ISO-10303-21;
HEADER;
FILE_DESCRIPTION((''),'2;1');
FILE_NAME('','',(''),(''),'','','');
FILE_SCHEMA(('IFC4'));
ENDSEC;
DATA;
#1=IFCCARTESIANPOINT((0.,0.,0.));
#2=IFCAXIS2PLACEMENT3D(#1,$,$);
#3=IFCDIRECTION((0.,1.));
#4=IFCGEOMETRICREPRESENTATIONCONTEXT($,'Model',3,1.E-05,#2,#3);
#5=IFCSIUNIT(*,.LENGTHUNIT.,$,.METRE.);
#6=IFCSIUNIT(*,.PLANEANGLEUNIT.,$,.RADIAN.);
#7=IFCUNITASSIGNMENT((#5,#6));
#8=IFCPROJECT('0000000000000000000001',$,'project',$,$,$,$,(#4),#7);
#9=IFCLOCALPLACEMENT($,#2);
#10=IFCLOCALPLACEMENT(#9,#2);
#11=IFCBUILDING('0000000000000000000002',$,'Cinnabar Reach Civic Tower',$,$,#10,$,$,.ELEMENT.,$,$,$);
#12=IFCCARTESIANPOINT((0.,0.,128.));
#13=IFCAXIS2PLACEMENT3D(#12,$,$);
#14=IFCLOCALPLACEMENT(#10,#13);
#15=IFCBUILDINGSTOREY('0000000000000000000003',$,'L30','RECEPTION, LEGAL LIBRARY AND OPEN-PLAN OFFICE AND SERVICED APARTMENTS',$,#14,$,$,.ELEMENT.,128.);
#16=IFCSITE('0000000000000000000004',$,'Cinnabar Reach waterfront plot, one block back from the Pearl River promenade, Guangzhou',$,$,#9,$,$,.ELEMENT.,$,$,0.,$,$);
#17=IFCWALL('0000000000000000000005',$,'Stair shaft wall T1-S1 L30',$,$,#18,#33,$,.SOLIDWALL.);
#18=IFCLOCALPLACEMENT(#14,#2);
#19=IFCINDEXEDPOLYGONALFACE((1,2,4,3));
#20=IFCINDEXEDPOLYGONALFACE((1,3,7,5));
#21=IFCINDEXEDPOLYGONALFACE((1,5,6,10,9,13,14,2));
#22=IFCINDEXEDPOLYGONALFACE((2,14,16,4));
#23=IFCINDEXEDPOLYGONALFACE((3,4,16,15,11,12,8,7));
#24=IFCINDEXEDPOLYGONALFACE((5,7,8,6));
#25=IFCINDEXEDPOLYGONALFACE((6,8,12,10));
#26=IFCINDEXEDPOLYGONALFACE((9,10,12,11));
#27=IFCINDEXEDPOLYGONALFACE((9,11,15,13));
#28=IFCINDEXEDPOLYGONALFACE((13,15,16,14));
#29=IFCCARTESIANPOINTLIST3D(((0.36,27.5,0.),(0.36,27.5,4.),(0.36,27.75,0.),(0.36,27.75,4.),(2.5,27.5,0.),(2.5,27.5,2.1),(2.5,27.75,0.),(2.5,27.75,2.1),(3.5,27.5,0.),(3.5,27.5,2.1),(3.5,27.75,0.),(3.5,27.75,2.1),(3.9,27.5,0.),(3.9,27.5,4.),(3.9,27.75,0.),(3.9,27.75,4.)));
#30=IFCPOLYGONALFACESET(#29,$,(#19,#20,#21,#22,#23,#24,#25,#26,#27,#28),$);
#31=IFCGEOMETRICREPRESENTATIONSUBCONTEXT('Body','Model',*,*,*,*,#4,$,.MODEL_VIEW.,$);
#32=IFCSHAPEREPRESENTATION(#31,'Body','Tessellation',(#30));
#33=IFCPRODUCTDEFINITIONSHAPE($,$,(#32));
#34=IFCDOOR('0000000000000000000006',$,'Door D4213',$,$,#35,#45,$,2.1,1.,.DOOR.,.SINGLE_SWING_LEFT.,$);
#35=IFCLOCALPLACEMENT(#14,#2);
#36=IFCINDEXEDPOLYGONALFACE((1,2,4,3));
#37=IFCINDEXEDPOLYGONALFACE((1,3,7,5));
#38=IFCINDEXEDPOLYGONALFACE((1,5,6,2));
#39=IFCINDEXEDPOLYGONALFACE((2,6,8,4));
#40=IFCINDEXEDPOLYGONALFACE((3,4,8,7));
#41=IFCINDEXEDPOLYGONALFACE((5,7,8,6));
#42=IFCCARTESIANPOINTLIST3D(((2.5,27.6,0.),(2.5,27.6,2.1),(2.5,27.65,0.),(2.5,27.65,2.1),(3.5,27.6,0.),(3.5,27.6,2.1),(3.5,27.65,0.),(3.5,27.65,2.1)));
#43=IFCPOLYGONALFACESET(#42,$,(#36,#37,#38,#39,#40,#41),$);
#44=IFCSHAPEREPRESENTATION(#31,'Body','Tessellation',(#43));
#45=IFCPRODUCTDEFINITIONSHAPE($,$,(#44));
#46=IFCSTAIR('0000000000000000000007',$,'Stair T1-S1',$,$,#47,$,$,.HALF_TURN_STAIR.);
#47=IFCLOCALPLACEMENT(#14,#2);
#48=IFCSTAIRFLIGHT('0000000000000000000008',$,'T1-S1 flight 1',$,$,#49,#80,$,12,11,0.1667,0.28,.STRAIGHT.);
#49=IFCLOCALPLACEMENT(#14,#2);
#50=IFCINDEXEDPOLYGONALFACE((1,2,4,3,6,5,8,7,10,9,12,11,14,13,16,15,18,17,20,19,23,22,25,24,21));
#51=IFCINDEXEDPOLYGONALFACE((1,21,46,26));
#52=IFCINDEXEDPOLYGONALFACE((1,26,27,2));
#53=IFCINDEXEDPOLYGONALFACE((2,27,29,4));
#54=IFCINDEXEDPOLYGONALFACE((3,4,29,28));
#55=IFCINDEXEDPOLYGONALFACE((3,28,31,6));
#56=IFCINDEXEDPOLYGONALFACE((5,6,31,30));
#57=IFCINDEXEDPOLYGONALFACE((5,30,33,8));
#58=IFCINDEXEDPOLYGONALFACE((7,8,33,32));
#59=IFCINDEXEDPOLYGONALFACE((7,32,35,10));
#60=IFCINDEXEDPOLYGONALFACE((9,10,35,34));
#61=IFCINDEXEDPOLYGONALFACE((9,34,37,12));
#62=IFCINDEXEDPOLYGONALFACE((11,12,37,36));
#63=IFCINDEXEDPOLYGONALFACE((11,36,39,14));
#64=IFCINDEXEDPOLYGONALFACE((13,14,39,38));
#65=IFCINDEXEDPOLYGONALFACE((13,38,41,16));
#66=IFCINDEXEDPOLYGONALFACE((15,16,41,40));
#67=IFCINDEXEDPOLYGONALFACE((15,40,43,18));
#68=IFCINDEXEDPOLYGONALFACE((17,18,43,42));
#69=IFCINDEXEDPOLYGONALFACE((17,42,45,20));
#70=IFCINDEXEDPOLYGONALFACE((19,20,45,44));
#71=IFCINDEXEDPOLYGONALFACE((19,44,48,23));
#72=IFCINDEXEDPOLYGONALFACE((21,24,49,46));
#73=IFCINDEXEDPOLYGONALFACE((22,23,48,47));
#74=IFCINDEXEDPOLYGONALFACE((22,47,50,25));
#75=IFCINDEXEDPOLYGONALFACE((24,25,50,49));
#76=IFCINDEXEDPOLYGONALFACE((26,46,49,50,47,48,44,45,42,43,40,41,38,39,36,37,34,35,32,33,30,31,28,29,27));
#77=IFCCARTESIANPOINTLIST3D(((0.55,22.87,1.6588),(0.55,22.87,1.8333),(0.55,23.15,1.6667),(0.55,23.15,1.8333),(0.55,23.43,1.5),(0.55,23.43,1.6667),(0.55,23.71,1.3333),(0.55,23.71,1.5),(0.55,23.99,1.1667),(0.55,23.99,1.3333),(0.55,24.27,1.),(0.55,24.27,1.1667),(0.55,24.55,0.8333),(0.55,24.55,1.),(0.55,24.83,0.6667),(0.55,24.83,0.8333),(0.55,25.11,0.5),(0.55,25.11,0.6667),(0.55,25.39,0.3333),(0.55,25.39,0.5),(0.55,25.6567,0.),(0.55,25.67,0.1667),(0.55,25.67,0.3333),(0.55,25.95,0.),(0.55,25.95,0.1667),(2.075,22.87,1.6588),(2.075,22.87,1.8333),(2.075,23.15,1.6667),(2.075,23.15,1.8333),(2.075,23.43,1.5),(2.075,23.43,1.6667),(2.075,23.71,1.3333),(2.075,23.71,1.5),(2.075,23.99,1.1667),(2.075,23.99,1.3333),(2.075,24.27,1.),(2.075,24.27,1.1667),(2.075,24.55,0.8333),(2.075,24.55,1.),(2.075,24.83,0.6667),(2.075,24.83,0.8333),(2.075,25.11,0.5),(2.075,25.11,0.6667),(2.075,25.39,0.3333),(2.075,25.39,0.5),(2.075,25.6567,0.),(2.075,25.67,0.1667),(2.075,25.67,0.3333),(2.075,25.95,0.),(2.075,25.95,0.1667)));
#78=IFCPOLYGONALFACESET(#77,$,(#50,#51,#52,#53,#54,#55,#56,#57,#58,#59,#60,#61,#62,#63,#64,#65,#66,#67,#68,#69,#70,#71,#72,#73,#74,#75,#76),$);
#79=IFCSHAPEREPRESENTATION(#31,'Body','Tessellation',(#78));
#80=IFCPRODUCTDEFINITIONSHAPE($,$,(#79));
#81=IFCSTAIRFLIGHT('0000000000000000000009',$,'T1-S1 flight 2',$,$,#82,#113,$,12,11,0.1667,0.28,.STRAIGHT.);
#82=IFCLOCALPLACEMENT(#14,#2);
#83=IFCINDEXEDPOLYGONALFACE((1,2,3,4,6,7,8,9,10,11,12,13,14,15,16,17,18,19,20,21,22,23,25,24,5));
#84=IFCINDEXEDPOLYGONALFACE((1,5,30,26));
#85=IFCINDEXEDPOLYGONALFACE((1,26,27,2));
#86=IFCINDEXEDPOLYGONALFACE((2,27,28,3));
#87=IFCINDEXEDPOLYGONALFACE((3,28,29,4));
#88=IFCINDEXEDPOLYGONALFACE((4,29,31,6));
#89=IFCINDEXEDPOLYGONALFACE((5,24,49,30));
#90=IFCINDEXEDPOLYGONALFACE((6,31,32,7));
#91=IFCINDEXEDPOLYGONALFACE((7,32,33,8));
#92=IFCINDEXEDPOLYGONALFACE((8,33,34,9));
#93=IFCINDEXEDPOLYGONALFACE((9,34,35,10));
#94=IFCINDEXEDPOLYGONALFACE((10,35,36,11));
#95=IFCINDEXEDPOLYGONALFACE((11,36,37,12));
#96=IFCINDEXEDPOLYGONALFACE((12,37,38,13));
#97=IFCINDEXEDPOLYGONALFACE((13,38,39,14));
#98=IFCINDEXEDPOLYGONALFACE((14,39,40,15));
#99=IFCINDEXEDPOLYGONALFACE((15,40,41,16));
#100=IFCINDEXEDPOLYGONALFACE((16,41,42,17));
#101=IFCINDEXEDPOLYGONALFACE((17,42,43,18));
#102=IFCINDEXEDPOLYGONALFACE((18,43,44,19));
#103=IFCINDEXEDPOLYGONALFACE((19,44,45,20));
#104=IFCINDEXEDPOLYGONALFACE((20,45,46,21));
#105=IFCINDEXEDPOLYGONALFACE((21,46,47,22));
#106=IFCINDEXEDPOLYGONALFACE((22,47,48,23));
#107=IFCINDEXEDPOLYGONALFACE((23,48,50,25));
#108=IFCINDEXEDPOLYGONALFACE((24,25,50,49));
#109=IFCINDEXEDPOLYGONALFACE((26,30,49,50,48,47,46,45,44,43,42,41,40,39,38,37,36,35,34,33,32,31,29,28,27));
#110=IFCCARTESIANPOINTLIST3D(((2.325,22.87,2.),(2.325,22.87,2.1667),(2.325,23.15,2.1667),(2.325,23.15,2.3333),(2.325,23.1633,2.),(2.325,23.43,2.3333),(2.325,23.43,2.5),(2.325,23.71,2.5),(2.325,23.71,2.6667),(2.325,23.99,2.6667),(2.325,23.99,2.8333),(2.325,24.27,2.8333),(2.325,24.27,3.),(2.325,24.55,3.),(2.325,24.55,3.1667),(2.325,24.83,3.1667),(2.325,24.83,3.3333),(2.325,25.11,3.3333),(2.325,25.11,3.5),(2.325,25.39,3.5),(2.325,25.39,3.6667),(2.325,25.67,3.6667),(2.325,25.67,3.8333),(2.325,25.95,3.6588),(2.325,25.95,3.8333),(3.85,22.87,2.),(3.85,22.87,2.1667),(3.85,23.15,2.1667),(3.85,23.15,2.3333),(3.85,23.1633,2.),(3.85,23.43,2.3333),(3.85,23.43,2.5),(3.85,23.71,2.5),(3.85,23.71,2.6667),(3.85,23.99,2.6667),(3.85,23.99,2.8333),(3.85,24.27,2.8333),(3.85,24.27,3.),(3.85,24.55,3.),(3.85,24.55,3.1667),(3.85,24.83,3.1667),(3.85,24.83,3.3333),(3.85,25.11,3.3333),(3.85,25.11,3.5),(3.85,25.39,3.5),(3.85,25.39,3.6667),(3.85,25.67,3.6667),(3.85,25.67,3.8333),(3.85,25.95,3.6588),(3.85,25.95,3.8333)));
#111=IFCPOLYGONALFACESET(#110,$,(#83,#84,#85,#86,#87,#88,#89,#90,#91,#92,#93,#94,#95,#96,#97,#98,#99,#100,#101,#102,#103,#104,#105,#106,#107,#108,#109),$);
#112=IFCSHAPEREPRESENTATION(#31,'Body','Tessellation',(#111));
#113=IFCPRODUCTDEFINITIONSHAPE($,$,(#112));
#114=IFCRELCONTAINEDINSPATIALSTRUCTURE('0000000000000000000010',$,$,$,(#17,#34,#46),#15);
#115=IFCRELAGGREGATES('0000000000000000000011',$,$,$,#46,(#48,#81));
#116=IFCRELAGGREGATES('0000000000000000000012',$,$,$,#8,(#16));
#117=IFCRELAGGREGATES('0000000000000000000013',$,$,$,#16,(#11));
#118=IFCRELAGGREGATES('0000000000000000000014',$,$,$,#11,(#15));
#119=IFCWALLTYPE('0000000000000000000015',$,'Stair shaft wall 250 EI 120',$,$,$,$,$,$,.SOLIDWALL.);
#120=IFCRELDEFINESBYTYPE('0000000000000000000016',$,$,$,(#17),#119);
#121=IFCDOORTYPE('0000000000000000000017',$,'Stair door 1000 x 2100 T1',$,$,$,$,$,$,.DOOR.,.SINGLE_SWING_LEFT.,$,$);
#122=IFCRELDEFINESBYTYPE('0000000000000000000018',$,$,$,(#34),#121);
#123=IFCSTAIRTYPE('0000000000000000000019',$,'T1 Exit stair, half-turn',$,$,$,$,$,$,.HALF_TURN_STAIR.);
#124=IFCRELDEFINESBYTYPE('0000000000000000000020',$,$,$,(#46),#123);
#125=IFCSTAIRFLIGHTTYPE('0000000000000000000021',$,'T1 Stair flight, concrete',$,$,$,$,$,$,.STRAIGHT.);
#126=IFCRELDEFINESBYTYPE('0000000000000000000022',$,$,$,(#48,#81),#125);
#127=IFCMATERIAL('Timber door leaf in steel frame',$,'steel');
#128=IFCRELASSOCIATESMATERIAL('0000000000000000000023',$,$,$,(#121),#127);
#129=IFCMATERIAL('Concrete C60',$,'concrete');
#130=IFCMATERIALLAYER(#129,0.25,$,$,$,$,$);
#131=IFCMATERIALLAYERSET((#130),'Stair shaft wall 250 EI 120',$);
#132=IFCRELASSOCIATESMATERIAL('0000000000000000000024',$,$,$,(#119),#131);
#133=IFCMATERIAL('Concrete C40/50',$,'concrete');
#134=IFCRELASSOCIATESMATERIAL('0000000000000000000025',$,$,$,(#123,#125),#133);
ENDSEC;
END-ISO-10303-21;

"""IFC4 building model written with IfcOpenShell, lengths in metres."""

from ifc_helpers import new_model, si_unit, direction, frame, frame_2d, origin, place, context, subcontext, project, spatial, polyline, rectangle, outline, extrude, material, layer, layer_set, type_object, element, fill, aggregate, save


model = new_model("IFC4")

# Units and contexts
model_context = context("Model", 3, precision=1e-05, world=origin(), true_north=direction((0.0, 1.0)))
body_context = subcontext(model_context, "Body", "Model", "MODEL_VIEW")
ifc_project = project(units=[si_unit("LENGTHUNIT", "METRE"), si_unit("PLANEANGLEUNIT", "RADIAN")], contexts=[model_context])

# Site, building, storey
site_placement = place(None, origin())
site = spatial("IfcSite", under=ifc_project, at=site_placement, Name="Cinnabar Reach waterfront plot, one block back from the Pearl River promenade, Guangzhou", CompositionType="ELEMENT", RefElevation=0.0)
building_placement = place(site_placement, origin())
building = spatial("IfcBuilding", under=site, at=building_placement, Name="Cinnabar Reach Civic Tower", CompositionType="ELEMENT")
storey_placement = place(building_placement, frame((0.0, 0.0, 128.0)))
storey = spatial("IfcBuildingStorey", under=building, at=storey_placement, Name="L30", Description="RECEPTION, LEGAL LIBRARY AND OPEN-PLAN OFFICE AND SERVICED APARTMENTS", CompositionType="ELEMENT", Elevation=128.0)

# Shared definitions
ifc_material_1 = material(Name="Timber door leaf in steel frame", Category="steel")
door_type_1 = type_object("IfcDoorType", Name="Stair door 1000 x 2100 T1", OperationType="SINGLE_SWING_LEFT", PredefinedType="DOOR", material=ifc_material_1)

# Wall, opening, door
ifc_material_2 = material(Name="Concrete C60", Category="concrete")
ifc_layer_1 = layer(ifc_material_2, 0.25)
ifc_layer_set_1 = layer_set([ifc_layer_1], Name="Stair shaft wall 250 EI 120")
wall_type_1 = type_object("IfcWallType", Name="Stair shaft wall 250 EI 120", PredefinedType="SOLIDWALL", material=ifc_layer_set_1)
wall_1_placement = place(storey_placement, frame((3.9, 27.625, 0.0), z_axis=(0.0, 0.0, 1.0), x_axis=(-1.0, 0.0, 0.0)))
wall_1 = element("IfcWall", 1, at=wall_1_placement, inside=storey, type_object=wall_type_1, Name="Stair shaft wall T1-S1 L30", PredefinedType="SOLIDWALL", context=body_context, shape_type="SweptSolid", body=[
    extrude(rectangle(XDim=3.54, YDim=0.25, at=frame_2d((1.77, 0.0))), origin(), (0.0, 0.0, 1.0), 4.0),
])
opening_1_placement = place(wall_1_placement, frame((0.4, 0.0, 0.0)))
opening_1 = element("IfcOpeningElement", 2, at=opening_1_placement, cuts=wall_1, PredefinedType="OPENING", context=body_context, shape_type="SweptSolid", body=[
    extrude(rectangle(XDim=1.0, YDim=2.1, at=frame_2d((0.5, 1.05))), frame((0.0, 0.135, 0.0), z_axis=(0.0, -1.0, 0.0), x_axis=(1.0, 0.0, 0.0)), (0.0, 0.0, 1.0), 0.27),
])
door_1_placement = place(opening_1_placement, origin())
door_1 = element("IfcDoor", 3, at=door_1_placement, inside=storey, type_object=door_type_1, Name="Door D4213", OperationType="SINGLE_SWING_LEFT", OverallHeight=2.1, OverallWidth=1.0, PredefinedType="DOOR", context=body_context, shape_type="SweptSolid", body=[
    extrude(rectangle(XDim=1.0, YDim=2.1, at=frame_2d((0.5, 1.05))), frame((0.0, 0.025, 0.0), z_axis=(0.0, -1.0, 0.0), x_axis=(1.0, 0.0, 0.0)), (0.0, 0.0, 1.0), 0.05),
])
fill(opening_1, door_1)

# Stair, stair flights
ifc_material_3 = material(Name="Concrete C40/50", Category="concrete")
stair_type = type_object("IfcStairType", Name="T1 Exit stair, half-turn", PredefinedType="HALF_TURN_STAIR", material=ifc_material_3)
stair_placement = place(storey_placement, origin())
stair = element("IfcStair", 4, at=stair_placement, inside=storey, type_object=stair_type, Name="Stair T1-S1", PredefinedType="HALF_TURN_STAIR")
stair_flight_type = type_object("IfcStairFlightType", Name="T1 Stair flight, concrete", PredefinedType="STRAIGHT", material=ifc_material_3)
stair_flight_1_placement = place(storey_placement, frame((1.3125, 25.95, 0.0), z_axis=(0.0, 0.0, 1.0), x_axis=(0.0, -1.0, 0.0)))
stair_flight_1 = element("IfcStairFlight", 5, at=stair_flight_1_placement, type_object=stair_flight_type, Name="T1-S1 flight 1", NumberOfRisers=12, NumberOfTreads=11, PredefinedType="STRAIGHT", RiserHeight=0.1667, TreadLength=0.28, context=body_context, shape_type="SweptSolid", body=[
    extrude(outline(polyline([(0.0, 0.0), (0.0, 0.1667), (0.28, 0.1667), (0.28, 0.3333), (0.56, 0.3333), (0.56, 0.5), (0.84, 0.5), (0.84, 0.6667), (1.12, 0.6667), (1.12, 0.8333), (1.4, 0.8333), (1.4, 1.0), (1.68, 1.0), (1.68, 1.1667), (1.96, 1.1667), (1.96, 1.3333), (2.24, 1.3333), (2.24, 1.5), (2.52, 1.5), (2.52, 1.6667), (2.8, 1.6667), (2.8, 1.8333), (3.08, 1.8333), (3.08, 2.0), (3.08, 1.6588), (0.2933, 0.0), (0.0, 0.0)])), frame((0.0, 0.7625, 0.0), z_axis=(0.0, -1.0, 0.0), x_axis=(1.0, 0.0, 0.0)), (0.0, 0.0, 1.0), 1.525),
])
stair_flight_2_placement = place(storey_placement, frame((3.0875, 22.87, 2.0), z_axis=(0.0, 0.0, 1.0), x_axis=(0.0, 1.0, 0.0)))
stair_flight_2 = element("IfcStairFlight", 6, at=stair_flight_2_placement, type_object=stair_flight_type, Name="T1-S1 flight 2", NumberOfRisers=12, NumberOfTreads=11, PredefinedType="STRAIGHT", RiserHeight=0.1667, TreadLength=0.28, context=body_context, shape_type="SweptSolid", body=[
    extrude(outline(polyline([(0.0, 0.0), (0.0, 0.1667), (0.28, 0.1667), (0.28, 0.3333), (0.56, 0.3333), (0.56, 0.5), (0.84, 0.5), (0.84, 0.6667), (1.12, 0.6667), (1.12, 0.8333), (1.4, 0.8333), (1.4, 1.0), (1.68, 1.0), (1.68, 1.1667), (1.96, 1.1667), (1.96, 1.3333), (2.24, 1.3333), (2.24, 1.5), (2.52, 1.5), (2.52, 1.6667), (2.8, 1.6667), (2.8, 1.8333), (3.08, 1.8333), (3.08, 2.0), (3.08, 1.6588), (0.2933, 0.0), (0.0, 0.0)])), frame((0.0, 0.7625, 0.0), z_axis=(0.0, -1.0, 0.0), x_axis=(1.0, 0.0, 0.0)), (0.0, 0.0, 1.0), 1.525),
])
aggregate(stair, [stair_flight_1, stair_flight_2])

save(model, "model.ifc")
